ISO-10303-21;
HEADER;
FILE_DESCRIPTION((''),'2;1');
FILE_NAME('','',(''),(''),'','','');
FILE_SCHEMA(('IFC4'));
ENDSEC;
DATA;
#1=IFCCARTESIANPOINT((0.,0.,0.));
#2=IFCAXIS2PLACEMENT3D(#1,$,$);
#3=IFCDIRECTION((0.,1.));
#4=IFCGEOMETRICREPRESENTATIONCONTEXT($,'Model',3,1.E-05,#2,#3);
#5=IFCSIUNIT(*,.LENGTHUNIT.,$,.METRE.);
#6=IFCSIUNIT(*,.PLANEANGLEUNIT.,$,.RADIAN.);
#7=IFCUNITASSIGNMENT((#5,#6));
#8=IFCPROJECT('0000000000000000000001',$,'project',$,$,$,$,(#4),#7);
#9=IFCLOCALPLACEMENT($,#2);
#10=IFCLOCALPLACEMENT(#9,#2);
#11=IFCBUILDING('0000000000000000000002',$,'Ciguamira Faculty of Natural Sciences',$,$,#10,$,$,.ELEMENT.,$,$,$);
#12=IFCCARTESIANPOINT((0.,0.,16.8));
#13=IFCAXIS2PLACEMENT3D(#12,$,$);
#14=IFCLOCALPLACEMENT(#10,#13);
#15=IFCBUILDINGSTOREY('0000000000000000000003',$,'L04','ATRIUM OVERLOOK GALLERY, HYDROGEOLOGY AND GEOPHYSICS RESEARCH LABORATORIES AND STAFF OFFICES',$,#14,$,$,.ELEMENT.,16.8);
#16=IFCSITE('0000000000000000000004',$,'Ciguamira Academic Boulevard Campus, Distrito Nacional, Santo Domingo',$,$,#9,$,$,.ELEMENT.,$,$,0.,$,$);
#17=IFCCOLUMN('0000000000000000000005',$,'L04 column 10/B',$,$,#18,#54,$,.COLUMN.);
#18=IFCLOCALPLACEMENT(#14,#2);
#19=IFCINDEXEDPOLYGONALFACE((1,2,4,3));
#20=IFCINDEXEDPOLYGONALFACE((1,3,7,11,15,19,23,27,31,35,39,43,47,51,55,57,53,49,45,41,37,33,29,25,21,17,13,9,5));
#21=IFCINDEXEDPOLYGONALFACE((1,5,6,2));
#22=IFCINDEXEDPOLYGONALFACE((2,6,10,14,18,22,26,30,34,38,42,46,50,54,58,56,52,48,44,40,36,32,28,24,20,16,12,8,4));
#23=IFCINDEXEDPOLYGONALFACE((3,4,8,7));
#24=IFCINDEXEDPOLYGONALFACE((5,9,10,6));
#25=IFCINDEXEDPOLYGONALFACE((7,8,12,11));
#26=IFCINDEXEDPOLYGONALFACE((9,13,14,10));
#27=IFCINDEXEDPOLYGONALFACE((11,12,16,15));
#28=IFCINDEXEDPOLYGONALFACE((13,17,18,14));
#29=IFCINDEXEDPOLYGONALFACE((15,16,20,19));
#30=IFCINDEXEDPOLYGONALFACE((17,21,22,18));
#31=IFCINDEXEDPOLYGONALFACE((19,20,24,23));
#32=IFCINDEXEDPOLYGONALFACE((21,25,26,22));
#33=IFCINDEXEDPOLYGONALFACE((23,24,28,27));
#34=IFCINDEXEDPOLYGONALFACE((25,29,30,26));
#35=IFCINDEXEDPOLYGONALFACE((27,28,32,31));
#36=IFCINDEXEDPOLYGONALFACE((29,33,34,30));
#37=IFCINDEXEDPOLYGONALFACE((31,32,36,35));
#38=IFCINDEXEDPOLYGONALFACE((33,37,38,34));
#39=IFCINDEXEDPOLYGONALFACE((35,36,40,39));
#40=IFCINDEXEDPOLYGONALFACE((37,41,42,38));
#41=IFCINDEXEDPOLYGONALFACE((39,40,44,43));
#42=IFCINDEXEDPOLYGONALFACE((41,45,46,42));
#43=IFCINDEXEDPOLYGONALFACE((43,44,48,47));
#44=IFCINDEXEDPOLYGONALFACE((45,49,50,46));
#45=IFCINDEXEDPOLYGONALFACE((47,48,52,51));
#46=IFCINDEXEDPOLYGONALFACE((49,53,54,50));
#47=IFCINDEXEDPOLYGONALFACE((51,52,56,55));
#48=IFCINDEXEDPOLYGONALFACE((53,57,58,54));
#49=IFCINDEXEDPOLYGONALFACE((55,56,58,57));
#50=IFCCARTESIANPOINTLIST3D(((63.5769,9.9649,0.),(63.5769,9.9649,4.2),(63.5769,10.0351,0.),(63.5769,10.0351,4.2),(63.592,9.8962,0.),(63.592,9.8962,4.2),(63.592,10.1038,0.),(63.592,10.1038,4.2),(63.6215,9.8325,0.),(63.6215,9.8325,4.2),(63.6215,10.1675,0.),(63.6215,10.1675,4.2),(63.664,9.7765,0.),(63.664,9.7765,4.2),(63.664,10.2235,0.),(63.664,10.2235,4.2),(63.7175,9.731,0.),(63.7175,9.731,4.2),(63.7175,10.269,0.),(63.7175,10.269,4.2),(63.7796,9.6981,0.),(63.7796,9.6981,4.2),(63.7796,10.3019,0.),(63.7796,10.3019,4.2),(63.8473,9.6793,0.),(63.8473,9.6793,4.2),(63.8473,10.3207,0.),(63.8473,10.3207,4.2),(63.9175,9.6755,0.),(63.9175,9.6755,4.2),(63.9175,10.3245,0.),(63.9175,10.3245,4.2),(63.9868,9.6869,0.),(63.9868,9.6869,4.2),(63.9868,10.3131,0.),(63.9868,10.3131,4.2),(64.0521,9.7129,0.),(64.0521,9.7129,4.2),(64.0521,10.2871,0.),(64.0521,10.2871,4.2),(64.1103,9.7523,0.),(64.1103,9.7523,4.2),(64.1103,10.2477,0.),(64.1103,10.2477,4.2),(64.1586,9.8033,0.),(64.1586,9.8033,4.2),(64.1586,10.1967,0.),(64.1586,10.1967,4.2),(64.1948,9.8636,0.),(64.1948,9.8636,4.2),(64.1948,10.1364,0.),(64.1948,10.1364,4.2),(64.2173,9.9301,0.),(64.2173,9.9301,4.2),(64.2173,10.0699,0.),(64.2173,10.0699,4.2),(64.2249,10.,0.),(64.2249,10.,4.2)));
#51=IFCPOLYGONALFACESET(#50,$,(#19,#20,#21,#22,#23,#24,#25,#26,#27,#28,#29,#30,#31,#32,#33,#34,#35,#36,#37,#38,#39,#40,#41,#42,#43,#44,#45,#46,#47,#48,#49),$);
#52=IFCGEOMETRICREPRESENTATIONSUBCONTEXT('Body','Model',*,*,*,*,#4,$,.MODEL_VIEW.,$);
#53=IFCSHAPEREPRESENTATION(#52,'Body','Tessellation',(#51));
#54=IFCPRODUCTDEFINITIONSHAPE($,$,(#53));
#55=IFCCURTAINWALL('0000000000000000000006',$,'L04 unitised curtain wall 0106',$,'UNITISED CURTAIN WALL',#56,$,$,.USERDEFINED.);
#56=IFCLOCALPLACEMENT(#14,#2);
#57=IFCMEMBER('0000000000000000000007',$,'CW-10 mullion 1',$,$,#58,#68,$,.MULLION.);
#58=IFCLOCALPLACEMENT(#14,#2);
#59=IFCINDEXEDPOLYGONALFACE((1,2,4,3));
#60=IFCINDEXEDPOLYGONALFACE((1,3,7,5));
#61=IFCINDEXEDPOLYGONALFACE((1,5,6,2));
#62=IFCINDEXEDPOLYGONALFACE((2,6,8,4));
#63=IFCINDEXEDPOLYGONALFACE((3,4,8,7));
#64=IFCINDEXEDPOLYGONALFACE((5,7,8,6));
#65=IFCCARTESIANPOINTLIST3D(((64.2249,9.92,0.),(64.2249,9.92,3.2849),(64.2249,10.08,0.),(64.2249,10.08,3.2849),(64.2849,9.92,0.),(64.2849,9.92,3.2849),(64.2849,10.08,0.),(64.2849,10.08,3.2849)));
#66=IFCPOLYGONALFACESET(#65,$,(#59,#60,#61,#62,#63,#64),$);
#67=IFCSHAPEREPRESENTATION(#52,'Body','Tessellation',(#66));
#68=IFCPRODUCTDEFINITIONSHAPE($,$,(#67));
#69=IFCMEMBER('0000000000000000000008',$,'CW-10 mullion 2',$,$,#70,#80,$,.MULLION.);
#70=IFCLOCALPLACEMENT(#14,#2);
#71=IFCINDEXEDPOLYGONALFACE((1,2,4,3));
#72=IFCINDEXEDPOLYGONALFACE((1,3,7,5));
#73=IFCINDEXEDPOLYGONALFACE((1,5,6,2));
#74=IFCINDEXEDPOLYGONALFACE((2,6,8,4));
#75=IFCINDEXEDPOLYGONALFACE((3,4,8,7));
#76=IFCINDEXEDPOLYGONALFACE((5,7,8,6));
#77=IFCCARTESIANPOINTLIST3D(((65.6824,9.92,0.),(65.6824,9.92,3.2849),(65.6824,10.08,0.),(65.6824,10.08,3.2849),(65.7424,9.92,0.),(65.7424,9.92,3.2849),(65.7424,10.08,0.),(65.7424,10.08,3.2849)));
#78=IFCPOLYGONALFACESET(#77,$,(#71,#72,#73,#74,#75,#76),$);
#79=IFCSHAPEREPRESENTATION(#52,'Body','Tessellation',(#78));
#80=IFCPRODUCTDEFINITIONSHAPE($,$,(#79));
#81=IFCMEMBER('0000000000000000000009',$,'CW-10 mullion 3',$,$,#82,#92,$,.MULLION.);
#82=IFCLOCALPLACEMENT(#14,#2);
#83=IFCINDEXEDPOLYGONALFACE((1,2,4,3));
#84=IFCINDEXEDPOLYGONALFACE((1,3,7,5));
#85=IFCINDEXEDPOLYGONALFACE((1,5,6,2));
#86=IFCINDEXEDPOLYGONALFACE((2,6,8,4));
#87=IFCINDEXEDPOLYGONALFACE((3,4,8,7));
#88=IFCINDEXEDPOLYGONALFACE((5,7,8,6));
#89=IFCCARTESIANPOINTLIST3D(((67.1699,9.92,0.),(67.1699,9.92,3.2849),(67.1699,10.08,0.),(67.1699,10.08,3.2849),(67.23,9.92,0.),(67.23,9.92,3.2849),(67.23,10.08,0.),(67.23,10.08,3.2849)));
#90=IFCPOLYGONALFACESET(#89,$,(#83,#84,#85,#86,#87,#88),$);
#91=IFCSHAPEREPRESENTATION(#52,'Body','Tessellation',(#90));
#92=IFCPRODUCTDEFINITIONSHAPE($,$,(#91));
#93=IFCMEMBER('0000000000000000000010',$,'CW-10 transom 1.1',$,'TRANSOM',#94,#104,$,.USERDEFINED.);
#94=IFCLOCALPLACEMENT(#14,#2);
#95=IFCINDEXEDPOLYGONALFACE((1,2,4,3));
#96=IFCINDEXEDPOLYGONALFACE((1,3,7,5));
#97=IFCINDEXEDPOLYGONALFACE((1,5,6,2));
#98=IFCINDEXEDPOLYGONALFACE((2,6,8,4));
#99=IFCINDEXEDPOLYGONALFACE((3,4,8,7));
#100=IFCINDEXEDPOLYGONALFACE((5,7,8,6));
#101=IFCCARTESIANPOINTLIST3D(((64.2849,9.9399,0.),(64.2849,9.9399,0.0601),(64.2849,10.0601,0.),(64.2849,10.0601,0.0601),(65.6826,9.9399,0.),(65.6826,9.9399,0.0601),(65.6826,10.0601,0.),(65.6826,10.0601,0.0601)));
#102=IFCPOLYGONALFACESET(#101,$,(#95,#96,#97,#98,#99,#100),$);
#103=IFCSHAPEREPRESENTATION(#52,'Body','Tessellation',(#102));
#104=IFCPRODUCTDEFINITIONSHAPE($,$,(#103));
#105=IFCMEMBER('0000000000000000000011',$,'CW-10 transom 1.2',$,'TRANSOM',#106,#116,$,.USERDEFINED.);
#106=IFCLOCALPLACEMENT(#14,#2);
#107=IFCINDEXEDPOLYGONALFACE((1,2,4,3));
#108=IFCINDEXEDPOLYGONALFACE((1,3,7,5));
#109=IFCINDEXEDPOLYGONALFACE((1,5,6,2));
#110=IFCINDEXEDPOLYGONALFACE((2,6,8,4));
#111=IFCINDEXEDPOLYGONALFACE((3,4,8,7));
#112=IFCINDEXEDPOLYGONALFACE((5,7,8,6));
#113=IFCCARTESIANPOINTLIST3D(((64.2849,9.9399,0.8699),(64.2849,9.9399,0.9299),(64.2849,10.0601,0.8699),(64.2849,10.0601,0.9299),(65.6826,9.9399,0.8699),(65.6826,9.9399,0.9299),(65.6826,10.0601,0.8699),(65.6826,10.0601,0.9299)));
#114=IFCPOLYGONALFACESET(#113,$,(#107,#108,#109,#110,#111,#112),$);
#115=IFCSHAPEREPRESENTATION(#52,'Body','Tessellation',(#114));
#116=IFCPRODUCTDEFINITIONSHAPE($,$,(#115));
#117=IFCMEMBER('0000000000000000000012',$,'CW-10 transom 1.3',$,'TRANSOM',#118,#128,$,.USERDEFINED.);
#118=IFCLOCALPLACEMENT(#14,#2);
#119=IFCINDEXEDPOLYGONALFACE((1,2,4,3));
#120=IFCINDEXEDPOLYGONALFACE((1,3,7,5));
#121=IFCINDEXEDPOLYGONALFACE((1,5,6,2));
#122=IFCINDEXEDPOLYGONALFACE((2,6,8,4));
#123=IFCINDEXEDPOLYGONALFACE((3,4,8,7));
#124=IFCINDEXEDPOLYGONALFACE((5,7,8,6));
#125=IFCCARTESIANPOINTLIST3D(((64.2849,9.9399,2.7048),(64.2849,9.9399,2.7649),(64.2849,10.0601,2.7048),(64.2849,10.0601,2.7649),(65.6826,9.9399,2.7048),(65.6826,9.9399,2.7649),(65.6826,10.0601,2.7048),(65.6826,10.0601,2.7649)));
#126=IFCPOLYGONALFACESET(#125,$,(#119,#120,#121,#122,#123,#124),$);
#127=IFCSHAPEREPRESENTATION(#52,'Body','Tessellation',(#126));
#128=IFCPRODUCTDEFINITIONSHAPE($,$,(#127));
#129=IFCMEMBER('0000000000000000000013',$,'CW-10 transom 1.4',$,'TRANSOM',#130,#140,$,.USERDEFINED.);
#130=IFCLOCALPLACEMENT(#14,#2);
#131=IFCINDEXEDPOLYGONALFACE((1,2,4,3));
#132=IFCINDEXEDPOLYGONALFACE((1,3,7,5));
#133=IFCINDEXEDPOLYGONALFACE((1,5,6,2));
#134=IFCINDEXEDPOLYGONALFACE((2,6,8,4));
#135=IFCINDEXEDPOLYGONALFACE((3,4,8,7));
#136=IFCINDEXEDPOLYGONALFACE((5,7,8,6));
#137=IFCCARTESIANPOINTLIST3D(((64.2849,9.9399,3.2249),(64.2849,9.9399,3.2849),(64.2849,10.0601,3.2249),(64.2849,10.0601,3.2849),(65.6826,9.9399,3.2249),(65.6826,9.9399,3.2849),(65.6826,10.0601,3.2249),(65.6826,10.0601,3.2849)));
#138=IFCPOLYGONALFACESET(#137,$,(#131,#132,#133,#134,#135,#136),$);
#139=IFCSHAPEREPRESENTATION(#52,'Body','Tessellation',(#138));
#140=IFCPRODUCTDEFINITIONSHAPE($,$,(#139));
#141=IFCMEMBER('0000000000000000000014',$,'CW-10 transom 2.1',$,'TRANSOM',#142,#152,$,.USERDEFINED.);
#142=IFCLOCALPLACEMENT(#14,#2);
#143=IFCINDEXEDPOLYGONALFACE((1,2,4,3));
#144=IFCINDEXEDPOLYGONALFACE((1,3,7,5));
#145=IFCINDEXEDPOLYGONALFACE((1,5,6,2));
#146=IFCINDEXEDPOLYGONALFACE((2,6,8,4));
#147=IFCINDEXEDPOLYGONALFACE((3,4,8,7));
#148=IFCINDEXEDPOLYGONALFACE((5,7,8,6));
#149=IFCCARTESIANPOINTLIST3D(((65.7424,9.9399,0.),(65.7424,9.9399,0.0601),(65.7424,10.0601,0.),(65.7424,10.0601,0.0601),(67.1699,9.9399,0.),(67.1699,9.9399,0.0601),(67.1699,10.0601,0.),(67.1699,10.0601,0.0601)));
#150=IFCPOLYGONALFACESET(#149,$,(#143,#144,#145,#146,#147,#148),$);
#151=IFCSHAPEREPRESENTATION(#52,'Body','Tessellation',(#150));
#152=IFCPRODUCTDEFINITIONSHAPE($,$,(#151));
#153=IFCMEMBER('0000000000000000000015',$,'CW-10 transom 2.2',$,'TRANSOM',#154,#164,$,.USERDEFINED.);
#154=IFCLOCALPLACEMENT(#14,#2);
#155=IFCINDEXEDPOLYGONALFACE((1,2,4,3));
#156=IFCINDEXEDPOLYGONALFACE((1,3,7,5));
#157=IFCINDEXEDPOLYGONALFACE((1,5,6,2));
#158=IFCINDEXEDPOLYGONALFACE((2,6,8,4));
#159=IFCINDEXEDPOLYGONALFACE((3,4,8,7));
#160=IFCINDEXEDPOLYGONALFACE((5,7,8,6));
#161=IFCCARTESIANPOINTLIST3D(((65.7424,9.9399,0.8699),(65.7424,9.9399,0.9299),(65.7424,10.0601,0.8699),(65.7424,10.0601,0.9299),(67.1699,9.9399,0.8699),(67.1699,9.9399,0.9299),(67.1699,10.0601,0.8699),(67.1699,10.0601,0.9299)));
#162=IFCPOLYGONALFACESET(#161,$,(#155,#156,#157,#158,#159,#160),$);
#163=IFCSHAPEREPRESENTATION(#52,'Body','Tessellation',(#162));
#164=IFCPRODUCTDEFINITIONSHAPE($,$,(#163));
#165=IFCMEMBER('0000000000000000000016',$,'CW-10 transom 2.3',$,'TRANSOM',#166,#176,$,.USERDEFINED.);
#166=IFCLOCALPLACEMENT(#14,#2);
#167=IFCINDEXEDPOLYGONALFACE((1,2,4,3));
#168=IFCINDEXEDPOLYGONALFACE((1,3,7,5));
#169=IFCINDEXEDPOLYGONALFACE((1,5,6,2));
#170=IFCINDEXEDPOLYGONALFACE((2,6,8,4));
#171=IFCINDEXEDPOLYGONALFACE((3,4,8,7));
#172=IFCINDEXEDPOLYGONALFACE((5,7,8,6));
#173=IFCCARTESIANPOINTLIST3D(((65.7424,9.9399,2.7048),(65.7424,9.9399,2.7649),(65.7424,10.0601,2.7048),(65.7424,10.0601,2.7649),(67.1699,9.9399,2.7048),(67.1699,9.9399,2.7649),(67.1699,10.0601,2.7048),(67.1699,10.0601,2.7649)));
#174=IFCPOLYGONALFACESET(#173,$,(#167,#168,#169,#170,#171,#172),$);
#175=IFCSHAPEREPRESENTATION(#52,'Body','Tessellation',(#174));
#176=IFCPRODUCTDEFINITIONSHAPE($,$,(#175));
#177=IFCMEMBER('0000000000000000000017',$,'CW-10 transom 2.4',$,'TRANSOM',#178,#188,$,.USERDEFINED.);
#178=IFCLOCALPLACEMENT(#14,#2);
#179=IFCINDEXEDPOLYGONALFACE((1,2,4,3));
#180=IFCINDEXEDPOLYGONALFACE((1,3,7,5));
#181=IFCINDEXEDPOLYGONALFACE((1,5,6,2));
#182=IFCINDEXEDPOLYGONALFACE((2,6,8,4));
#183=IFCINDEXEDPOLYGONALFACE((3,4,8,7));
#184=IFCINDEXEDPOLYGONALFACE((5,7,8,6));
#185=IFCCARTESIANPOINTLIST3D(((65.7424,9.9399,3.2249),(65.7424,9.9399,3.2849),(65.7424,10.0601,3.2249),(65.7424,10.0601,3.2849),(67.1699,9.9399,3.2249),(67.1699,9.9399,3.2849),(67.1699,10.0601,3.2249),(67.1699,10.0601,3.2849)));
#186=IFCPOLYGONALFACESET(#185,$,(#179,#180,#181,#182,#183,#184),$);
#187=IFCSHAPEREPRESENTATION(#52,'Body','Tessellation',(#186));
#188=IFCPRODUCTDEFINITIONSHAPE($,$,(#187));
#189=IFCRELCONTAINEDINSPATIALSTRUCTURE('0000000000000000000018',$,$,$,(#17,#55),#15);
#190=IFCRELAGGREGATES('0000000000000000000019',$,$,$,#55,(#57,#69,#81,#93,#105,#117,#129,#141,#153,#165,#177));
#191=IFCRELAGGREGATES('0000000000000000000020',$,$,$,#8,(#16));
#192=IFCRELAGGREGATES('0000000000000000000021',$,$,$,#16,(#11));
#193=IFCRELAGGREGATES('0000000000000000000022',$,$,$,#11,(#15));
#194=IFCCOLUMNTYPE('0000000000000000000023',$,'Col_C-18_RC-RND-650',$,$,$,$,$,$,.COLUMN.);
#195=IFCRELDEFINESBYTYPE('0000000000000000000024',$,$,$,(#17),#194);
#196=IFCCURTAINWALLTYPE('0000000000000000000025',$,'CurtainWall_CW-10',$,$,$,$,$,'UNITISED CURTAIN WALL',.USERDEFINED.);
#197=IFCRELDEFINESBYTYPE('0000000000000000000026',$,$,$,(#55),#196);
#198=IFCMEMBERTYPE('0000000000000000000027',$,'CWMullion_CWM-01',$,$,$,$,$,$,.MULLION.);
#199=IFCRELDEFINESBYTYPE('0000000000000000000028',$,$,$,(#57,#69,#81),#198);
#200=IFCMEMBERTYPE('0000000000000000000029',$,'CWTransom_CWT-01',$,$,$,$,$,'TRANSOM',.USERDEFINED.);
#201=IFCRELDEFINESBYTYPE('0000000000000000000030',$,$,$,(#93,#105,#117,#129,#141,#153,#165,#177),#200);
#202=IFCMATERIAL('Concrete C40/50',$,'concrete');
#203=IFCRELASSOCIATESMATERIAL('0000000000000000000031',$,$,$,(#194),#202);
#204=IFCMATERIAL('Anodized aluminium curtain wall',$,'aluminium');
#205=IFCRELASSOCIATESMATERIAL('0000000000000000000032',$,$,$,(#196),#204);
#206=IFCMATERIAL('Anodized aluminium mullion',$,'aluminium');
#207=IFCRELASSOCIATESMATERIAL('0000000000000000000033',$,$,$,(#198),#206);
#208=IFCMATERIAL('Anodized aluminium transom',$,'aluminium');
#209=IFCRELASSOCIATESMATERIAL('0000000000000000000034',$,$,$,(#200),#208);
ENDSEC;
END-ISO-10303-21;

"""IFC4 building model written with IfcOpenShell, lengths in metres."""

from ifc_helpers import new_model, si_unit, direction, frame, origin, origin_2d, place, context, subcontext, project, spatial, rectangle, circle, extrude, material, material_profile, profile_set, type_object, element, aggregate, save


model = new_model("IFC4")

# Units and contexts
model_context = context("Model", 3, precision=1e-05, world=origin(), true_north=direction((0.0, 1.0)))
body_context = subcontext(model_context, "Body", "Model", "MODEL_VIEW")
ifc_project = project(units=[si_unit("LENGTHUNIT", "METRE"), si_unit("PLANEANGLEUNIT", "RADIAN")], contexts=[model_context])

# Site, building, storey
site_placement = place(None, origin())
site = spatial("IfcSite", under=ifc_project, at=site_placement, Name="Ciguamira Academic Boulevard Campus, Distrito Nacional, Santo Domingo", CompositionType="ELEMENT", RefElevation=0.0)
building_placement = place(site_placement, origin())
building = spatial("IfcBuilding", under=site, at=building_placement, Name="Ciguamira Faculty of Natural Sciences", CompositionType="ELEMENT")
storey_placement = place(building_placement, frame((0.0, 0.0, 16.8)))
storey = spatial("IfcBuildingStorey", under=building, at=storey_placement, Name="L04", Description="ATRIUM OVERLOOK GALLERY, HYDROGEOLOGY AND GEOPHYSICS RESEARCH LABORATORIES AND STAFF OFFICES", CompositionType="ELEMENT", Elevation=16.8)

# Column
ifc_material_1 = material(Name="Concrete C40/50", Category="concrete")
ifc_material_profile_1 = material_profile(ifc_material_1, circle(Radius=0.325, at=origin_2d()), Name="RC-RND-650")
ifc_profile_set_1 = profile_set([ifc_material_profile_1], Name="Concrete C40/50")
column_type = type_object("IfcColumnType", Name="Col_C-18_RC-RND-650", PredefinedType="COLUMN", material=ifc_profile_set_1)
column_placement = place(storey_placement, frame((63.8999, 10.0, 0.0), z_axis=(0.0, 0.0, 1.0), x_axis=(1.0, 0.0, 0.0)))
element("IfcColumn", 1, at=column_placement, inside=storey, type_object=column_type, Name="L04 column 10/B", PredefinedType="COLUMN", context=body_context, shape_type="SweptSolid", body=[
    extrude(circle(Radius=0.325, at=origin_2d()), origin(), (0.0, 0.0, 1.0), 4.2),
])

# Curtain wall, members
ifc_material_2 = material(Name="Anodized aluminium curtain wall", Category="aluminium")
curtain_wall_type = type_object("IfcCurtainWallType", Name="CurtainWall_CW-10", ElementType="UNITISED CURTAIN WALL", PredefinedType="USERDEFINED", material=ifc_material_2)
curtain_wall_placement = place(storey_placement, origin())
curtain_wall = element("IfcCurtainWall", 2, at=curtain_wall_placement, inside=storey, type_object=curtain_wall_type, Name="L04 unitised curtain wall 0106", ObjectType="UNITISED CURTAIN WALL", PredefinedType="USERDEFINED")
ifc_material_3 = material(Name="Anodized aluminium mullion", Category="aluminium")
ifc_material_profile_2 = material_profile(ifc_material_3, rectangle(XDim=0.0601, YDim=0.1599, at=origin_2d()), Name="ALU-MUL-60X160")
ifc_profile_set_2 = profile_set([ifc_material_profile_2], Name="Anodized aluminium mullion")
member_type_1 = type_object("IfcMemberType", Name="CWMullion_CWM-01", PredefinedType="MULLION", material=ifc_profile_set_2)
member_1_placement = place(storey_placement, frame((64.2549, 10.0, 0.0), z_axis=(0.0, 0.0, 1.0), x_axis=(1.0, 0.0, 0.0)))
member_1 = element("IfcMember", 3, at=member_1_placement, type_object=member_type_1, Name="CW-10 mullion 1", PredefinedType="MULLION", context=body_context, shape_type="SweptSolid", body=[
    extrude(rectangle(XDim=0.0601, YDim=0.1599, at=origin_2d()), origin(), (0.0, 0.0, 1.0), 3.2849),
])
member_2_placement = place(storey_placement, frame((65.7124, 10.0, 0.0), z_axis=(0.0, 0.0, 1.0), x_axis=(1.0, 0.0, 0.0)))
member_2 = element("IfcMember", 4, at=member_2_placement, type_object=member_type_1, Name="CW-10 mullion 2", PredefinedType="MULLION", context=body_context, shape_type="SweptSolid", body=[
    extrude(rectangle(XDim=0.0601, YDim=0.1599, at=origin_2d()), origin(), (0.0, 0.0, 1.0), 3.2849),
])
member_3_placement = place(storey_placement, frame((67.2, 10.0, 0.0), z_axis=(0.0, 0.0, 1.0), x_axis=(1.0, 0.0, 0.0)))
member_3 = element("IfcMember", 5, at=member_3_placement, type_object=member_type_1, Name="CW-10 mullion 3", PredefinedType="MULLION", context=body_context, shape_type="SweptSolid", body=[
    extrude(rectangle(XDim=0.0601, YDim=0.1599, at=origin_2d()), origin(), (0.0, 0.0, 1.0), 3.2849),
])
ifc_material_4 = material(Name="Anodized aluminium transom", Category="aluminium")
ifc_material_profile_3 = material_profile(ifc_material_4, rectangle(XDim=0.0601, YDim=0.1201, at=origin_2d()), Name="ALU-TRN-60X120")
ifc_profile_set_3 = profile_set([ifc_material_profile_3], Name="Anodized aluminium transom")
member_type_2 = type_object("IfcMemberType", Name="CWTransom_CWT-01", ElementType="TRANSOM", PredefinedType="USERDEFINED", material=ifc_profile_set_3)
member_4_placement = place(storey_placement, frame((64.2849, 10.0, 0.03), z_axis=(1.0, 0.0, 0.0), x_axis=(0.0, 0.0, 1.0)))
member_4 = element("IfcMember", 6, at=member_4_placement, type_object=member_type_2, Name="CW-10 transom 1.1", ObjectType="TRANSOM", PredefinedType="USERDEFINED", context=body_context, shape_type="SweptSolid", body=[
    extrude(rectangle(XDim=0.0601, YDim=0.1201, at=origin_2d()), origin(), (0.0, 0.0, 1.0), 1.3977),
])
member_5_placement = place(storey_placement, frame((64.2849, 10.0, 0.8999), z_axis=(1.0, 0.0, 0.0), x_axis=(0.0, 0.0, 1.0)))
member_5 = element("IfcMember", 7, at=member_5_placement, type_object=member_type_2, Name="CW-10 transom 1.2", ObjectType="TRANSOM", PredefinedType="USERDEFINED", context=body_context, shape_type="SweptSolid", body=[
    extrude(rectangle(XDim=0.0601, YDim=0.1201, at=origin_2d()), origin(), (0.0, 0.0, 1.0), 1.3977),
])
member_6_placement = place(storey_placement, frame((64.2849, 10.0, 2.7349), z_axis=(1.0, 0.0, 0.0), x_axis=(0.0, 0.0, 1.0)))
member_6 = element("IfcMember", 8, at=member_6_placement, type_object=member_type_2, Name="CW-10 transom 1.3", ObjectType="TRANSOM", PredefinedType="USERDEFINED", context=body_context, shape_type="SweptSolid", body=[
    extrude(rectangle(XDim=0.0601, YDim=0.1201, at=origin_2d()), origin(), (0.0, 0.0, 1.0), 1.3977),
])
member_7_placement = place(storey_placement, frame((64.2849, 10.0, 3.2549), z_axis=(1.0, 0.0, 0.0), x_axis=(0.0, 0.0, 1.0)))
member_7 = element("IfcMember", 9, at=member_7_placement, type_object=member_type_2, Name="CW-10 transom 1.4", ObjectType="TRANSOM", PredefinedType="USERDEFINED", context=body_context, shape_type="SweptSolid", body=[
    extrude(rectangle(XDim=0.0601, YDim=0.1201, at=origin_2d()), origin(), (0.0, 0.0, 1.0), 1.3977),
])
member_8_placement = place(storey_placement, frame((65.7424, 10.0, 0.03), z_axis=(1.0, 0.0, 0.0), x_axis=(0.0, 0.0, 1.0)))
member_8 = element("IfcMember", 10, at=member_8_placement, type_object=member_type_2, Name="CW-10 transom 2.1", ObjectType="TRANSOM", PredefinedType="USERDEFINED", context=body_context, shape_type="SweptSolid", body=[
    extrude(rectangle(XDim=0.0601, YDim=0.1201, at=origin_2d()), origin(), (0.0, 0.0, 1.0), 1.4275),
])
member_9_placement = place(storey_placement, frame((65.7424, 10.0, 0.8999), z_axis=(1.0, 0.0, 0.0), x_axis=(0.0, 0.0, 1.0)))
member_9 = element("IfcMember", 11, at=member_9_placement, type_object=member_type_2, Name="CW-10 transom 2.2", ObjectType="TRANSOM", PredefinedType="USERDEFINED", context=body_context, shape_type="SweptSolid", body=[
    extrude(rectangle(XDim=0.0601, YDim=0.1201, at=origin_2d()), origin(), (0.0, 0.0, 1.0), 1.4275),
])
member_10_placement = place(storey_placement, frame((65.7424, 10.0, 2.7349), z_axis=(1.0, 0.0, 0.0), x_axis=(0.0, 0.0, 1.0)))
member_10 = element("IfcMember", 12, at=member_10_placement, type_object=member_type_2, Name="CW-10 transom 2.3", ObjectType="TRANSOM", PredefinedType="USERDEFINED", context=body_context, shape_type="SweptSolid", body=[
    extrude(rectangle(XDim=0.0601, YDim=0.1201, at=origin_2d()), origin(), (0.0, 0.0, 1.0), 1.4275),
])
member_11_placement = place(storey_placement, frame((65.7424, 10.0, 3.2549), z_axis=(1.0, 0.0, 0.0), x_axis=(0.0, 0.0, 1.0)))
member_11 = element("IfcMember", 13, at=member_11_placement, type_object=member_type_2, Name="CW-10 transom 2.4", ObjectType="TRANSOM", PredefinedType="USERDEFINED", context=body_context, shape_type="SweptSolid", body=[
    extrude(rectangle(XDim=0.0601, YDim=0.1201, at=origin_2d()), origin(), (0.0, 0.0, 1.0), 1.4275),
])

aggregate(curtain_wall, [member_1, member_2, member_3, member_4, member_5, member_6, member_7, member_8, member_9, member_10, member_11])

save(model, "model.ifc")
